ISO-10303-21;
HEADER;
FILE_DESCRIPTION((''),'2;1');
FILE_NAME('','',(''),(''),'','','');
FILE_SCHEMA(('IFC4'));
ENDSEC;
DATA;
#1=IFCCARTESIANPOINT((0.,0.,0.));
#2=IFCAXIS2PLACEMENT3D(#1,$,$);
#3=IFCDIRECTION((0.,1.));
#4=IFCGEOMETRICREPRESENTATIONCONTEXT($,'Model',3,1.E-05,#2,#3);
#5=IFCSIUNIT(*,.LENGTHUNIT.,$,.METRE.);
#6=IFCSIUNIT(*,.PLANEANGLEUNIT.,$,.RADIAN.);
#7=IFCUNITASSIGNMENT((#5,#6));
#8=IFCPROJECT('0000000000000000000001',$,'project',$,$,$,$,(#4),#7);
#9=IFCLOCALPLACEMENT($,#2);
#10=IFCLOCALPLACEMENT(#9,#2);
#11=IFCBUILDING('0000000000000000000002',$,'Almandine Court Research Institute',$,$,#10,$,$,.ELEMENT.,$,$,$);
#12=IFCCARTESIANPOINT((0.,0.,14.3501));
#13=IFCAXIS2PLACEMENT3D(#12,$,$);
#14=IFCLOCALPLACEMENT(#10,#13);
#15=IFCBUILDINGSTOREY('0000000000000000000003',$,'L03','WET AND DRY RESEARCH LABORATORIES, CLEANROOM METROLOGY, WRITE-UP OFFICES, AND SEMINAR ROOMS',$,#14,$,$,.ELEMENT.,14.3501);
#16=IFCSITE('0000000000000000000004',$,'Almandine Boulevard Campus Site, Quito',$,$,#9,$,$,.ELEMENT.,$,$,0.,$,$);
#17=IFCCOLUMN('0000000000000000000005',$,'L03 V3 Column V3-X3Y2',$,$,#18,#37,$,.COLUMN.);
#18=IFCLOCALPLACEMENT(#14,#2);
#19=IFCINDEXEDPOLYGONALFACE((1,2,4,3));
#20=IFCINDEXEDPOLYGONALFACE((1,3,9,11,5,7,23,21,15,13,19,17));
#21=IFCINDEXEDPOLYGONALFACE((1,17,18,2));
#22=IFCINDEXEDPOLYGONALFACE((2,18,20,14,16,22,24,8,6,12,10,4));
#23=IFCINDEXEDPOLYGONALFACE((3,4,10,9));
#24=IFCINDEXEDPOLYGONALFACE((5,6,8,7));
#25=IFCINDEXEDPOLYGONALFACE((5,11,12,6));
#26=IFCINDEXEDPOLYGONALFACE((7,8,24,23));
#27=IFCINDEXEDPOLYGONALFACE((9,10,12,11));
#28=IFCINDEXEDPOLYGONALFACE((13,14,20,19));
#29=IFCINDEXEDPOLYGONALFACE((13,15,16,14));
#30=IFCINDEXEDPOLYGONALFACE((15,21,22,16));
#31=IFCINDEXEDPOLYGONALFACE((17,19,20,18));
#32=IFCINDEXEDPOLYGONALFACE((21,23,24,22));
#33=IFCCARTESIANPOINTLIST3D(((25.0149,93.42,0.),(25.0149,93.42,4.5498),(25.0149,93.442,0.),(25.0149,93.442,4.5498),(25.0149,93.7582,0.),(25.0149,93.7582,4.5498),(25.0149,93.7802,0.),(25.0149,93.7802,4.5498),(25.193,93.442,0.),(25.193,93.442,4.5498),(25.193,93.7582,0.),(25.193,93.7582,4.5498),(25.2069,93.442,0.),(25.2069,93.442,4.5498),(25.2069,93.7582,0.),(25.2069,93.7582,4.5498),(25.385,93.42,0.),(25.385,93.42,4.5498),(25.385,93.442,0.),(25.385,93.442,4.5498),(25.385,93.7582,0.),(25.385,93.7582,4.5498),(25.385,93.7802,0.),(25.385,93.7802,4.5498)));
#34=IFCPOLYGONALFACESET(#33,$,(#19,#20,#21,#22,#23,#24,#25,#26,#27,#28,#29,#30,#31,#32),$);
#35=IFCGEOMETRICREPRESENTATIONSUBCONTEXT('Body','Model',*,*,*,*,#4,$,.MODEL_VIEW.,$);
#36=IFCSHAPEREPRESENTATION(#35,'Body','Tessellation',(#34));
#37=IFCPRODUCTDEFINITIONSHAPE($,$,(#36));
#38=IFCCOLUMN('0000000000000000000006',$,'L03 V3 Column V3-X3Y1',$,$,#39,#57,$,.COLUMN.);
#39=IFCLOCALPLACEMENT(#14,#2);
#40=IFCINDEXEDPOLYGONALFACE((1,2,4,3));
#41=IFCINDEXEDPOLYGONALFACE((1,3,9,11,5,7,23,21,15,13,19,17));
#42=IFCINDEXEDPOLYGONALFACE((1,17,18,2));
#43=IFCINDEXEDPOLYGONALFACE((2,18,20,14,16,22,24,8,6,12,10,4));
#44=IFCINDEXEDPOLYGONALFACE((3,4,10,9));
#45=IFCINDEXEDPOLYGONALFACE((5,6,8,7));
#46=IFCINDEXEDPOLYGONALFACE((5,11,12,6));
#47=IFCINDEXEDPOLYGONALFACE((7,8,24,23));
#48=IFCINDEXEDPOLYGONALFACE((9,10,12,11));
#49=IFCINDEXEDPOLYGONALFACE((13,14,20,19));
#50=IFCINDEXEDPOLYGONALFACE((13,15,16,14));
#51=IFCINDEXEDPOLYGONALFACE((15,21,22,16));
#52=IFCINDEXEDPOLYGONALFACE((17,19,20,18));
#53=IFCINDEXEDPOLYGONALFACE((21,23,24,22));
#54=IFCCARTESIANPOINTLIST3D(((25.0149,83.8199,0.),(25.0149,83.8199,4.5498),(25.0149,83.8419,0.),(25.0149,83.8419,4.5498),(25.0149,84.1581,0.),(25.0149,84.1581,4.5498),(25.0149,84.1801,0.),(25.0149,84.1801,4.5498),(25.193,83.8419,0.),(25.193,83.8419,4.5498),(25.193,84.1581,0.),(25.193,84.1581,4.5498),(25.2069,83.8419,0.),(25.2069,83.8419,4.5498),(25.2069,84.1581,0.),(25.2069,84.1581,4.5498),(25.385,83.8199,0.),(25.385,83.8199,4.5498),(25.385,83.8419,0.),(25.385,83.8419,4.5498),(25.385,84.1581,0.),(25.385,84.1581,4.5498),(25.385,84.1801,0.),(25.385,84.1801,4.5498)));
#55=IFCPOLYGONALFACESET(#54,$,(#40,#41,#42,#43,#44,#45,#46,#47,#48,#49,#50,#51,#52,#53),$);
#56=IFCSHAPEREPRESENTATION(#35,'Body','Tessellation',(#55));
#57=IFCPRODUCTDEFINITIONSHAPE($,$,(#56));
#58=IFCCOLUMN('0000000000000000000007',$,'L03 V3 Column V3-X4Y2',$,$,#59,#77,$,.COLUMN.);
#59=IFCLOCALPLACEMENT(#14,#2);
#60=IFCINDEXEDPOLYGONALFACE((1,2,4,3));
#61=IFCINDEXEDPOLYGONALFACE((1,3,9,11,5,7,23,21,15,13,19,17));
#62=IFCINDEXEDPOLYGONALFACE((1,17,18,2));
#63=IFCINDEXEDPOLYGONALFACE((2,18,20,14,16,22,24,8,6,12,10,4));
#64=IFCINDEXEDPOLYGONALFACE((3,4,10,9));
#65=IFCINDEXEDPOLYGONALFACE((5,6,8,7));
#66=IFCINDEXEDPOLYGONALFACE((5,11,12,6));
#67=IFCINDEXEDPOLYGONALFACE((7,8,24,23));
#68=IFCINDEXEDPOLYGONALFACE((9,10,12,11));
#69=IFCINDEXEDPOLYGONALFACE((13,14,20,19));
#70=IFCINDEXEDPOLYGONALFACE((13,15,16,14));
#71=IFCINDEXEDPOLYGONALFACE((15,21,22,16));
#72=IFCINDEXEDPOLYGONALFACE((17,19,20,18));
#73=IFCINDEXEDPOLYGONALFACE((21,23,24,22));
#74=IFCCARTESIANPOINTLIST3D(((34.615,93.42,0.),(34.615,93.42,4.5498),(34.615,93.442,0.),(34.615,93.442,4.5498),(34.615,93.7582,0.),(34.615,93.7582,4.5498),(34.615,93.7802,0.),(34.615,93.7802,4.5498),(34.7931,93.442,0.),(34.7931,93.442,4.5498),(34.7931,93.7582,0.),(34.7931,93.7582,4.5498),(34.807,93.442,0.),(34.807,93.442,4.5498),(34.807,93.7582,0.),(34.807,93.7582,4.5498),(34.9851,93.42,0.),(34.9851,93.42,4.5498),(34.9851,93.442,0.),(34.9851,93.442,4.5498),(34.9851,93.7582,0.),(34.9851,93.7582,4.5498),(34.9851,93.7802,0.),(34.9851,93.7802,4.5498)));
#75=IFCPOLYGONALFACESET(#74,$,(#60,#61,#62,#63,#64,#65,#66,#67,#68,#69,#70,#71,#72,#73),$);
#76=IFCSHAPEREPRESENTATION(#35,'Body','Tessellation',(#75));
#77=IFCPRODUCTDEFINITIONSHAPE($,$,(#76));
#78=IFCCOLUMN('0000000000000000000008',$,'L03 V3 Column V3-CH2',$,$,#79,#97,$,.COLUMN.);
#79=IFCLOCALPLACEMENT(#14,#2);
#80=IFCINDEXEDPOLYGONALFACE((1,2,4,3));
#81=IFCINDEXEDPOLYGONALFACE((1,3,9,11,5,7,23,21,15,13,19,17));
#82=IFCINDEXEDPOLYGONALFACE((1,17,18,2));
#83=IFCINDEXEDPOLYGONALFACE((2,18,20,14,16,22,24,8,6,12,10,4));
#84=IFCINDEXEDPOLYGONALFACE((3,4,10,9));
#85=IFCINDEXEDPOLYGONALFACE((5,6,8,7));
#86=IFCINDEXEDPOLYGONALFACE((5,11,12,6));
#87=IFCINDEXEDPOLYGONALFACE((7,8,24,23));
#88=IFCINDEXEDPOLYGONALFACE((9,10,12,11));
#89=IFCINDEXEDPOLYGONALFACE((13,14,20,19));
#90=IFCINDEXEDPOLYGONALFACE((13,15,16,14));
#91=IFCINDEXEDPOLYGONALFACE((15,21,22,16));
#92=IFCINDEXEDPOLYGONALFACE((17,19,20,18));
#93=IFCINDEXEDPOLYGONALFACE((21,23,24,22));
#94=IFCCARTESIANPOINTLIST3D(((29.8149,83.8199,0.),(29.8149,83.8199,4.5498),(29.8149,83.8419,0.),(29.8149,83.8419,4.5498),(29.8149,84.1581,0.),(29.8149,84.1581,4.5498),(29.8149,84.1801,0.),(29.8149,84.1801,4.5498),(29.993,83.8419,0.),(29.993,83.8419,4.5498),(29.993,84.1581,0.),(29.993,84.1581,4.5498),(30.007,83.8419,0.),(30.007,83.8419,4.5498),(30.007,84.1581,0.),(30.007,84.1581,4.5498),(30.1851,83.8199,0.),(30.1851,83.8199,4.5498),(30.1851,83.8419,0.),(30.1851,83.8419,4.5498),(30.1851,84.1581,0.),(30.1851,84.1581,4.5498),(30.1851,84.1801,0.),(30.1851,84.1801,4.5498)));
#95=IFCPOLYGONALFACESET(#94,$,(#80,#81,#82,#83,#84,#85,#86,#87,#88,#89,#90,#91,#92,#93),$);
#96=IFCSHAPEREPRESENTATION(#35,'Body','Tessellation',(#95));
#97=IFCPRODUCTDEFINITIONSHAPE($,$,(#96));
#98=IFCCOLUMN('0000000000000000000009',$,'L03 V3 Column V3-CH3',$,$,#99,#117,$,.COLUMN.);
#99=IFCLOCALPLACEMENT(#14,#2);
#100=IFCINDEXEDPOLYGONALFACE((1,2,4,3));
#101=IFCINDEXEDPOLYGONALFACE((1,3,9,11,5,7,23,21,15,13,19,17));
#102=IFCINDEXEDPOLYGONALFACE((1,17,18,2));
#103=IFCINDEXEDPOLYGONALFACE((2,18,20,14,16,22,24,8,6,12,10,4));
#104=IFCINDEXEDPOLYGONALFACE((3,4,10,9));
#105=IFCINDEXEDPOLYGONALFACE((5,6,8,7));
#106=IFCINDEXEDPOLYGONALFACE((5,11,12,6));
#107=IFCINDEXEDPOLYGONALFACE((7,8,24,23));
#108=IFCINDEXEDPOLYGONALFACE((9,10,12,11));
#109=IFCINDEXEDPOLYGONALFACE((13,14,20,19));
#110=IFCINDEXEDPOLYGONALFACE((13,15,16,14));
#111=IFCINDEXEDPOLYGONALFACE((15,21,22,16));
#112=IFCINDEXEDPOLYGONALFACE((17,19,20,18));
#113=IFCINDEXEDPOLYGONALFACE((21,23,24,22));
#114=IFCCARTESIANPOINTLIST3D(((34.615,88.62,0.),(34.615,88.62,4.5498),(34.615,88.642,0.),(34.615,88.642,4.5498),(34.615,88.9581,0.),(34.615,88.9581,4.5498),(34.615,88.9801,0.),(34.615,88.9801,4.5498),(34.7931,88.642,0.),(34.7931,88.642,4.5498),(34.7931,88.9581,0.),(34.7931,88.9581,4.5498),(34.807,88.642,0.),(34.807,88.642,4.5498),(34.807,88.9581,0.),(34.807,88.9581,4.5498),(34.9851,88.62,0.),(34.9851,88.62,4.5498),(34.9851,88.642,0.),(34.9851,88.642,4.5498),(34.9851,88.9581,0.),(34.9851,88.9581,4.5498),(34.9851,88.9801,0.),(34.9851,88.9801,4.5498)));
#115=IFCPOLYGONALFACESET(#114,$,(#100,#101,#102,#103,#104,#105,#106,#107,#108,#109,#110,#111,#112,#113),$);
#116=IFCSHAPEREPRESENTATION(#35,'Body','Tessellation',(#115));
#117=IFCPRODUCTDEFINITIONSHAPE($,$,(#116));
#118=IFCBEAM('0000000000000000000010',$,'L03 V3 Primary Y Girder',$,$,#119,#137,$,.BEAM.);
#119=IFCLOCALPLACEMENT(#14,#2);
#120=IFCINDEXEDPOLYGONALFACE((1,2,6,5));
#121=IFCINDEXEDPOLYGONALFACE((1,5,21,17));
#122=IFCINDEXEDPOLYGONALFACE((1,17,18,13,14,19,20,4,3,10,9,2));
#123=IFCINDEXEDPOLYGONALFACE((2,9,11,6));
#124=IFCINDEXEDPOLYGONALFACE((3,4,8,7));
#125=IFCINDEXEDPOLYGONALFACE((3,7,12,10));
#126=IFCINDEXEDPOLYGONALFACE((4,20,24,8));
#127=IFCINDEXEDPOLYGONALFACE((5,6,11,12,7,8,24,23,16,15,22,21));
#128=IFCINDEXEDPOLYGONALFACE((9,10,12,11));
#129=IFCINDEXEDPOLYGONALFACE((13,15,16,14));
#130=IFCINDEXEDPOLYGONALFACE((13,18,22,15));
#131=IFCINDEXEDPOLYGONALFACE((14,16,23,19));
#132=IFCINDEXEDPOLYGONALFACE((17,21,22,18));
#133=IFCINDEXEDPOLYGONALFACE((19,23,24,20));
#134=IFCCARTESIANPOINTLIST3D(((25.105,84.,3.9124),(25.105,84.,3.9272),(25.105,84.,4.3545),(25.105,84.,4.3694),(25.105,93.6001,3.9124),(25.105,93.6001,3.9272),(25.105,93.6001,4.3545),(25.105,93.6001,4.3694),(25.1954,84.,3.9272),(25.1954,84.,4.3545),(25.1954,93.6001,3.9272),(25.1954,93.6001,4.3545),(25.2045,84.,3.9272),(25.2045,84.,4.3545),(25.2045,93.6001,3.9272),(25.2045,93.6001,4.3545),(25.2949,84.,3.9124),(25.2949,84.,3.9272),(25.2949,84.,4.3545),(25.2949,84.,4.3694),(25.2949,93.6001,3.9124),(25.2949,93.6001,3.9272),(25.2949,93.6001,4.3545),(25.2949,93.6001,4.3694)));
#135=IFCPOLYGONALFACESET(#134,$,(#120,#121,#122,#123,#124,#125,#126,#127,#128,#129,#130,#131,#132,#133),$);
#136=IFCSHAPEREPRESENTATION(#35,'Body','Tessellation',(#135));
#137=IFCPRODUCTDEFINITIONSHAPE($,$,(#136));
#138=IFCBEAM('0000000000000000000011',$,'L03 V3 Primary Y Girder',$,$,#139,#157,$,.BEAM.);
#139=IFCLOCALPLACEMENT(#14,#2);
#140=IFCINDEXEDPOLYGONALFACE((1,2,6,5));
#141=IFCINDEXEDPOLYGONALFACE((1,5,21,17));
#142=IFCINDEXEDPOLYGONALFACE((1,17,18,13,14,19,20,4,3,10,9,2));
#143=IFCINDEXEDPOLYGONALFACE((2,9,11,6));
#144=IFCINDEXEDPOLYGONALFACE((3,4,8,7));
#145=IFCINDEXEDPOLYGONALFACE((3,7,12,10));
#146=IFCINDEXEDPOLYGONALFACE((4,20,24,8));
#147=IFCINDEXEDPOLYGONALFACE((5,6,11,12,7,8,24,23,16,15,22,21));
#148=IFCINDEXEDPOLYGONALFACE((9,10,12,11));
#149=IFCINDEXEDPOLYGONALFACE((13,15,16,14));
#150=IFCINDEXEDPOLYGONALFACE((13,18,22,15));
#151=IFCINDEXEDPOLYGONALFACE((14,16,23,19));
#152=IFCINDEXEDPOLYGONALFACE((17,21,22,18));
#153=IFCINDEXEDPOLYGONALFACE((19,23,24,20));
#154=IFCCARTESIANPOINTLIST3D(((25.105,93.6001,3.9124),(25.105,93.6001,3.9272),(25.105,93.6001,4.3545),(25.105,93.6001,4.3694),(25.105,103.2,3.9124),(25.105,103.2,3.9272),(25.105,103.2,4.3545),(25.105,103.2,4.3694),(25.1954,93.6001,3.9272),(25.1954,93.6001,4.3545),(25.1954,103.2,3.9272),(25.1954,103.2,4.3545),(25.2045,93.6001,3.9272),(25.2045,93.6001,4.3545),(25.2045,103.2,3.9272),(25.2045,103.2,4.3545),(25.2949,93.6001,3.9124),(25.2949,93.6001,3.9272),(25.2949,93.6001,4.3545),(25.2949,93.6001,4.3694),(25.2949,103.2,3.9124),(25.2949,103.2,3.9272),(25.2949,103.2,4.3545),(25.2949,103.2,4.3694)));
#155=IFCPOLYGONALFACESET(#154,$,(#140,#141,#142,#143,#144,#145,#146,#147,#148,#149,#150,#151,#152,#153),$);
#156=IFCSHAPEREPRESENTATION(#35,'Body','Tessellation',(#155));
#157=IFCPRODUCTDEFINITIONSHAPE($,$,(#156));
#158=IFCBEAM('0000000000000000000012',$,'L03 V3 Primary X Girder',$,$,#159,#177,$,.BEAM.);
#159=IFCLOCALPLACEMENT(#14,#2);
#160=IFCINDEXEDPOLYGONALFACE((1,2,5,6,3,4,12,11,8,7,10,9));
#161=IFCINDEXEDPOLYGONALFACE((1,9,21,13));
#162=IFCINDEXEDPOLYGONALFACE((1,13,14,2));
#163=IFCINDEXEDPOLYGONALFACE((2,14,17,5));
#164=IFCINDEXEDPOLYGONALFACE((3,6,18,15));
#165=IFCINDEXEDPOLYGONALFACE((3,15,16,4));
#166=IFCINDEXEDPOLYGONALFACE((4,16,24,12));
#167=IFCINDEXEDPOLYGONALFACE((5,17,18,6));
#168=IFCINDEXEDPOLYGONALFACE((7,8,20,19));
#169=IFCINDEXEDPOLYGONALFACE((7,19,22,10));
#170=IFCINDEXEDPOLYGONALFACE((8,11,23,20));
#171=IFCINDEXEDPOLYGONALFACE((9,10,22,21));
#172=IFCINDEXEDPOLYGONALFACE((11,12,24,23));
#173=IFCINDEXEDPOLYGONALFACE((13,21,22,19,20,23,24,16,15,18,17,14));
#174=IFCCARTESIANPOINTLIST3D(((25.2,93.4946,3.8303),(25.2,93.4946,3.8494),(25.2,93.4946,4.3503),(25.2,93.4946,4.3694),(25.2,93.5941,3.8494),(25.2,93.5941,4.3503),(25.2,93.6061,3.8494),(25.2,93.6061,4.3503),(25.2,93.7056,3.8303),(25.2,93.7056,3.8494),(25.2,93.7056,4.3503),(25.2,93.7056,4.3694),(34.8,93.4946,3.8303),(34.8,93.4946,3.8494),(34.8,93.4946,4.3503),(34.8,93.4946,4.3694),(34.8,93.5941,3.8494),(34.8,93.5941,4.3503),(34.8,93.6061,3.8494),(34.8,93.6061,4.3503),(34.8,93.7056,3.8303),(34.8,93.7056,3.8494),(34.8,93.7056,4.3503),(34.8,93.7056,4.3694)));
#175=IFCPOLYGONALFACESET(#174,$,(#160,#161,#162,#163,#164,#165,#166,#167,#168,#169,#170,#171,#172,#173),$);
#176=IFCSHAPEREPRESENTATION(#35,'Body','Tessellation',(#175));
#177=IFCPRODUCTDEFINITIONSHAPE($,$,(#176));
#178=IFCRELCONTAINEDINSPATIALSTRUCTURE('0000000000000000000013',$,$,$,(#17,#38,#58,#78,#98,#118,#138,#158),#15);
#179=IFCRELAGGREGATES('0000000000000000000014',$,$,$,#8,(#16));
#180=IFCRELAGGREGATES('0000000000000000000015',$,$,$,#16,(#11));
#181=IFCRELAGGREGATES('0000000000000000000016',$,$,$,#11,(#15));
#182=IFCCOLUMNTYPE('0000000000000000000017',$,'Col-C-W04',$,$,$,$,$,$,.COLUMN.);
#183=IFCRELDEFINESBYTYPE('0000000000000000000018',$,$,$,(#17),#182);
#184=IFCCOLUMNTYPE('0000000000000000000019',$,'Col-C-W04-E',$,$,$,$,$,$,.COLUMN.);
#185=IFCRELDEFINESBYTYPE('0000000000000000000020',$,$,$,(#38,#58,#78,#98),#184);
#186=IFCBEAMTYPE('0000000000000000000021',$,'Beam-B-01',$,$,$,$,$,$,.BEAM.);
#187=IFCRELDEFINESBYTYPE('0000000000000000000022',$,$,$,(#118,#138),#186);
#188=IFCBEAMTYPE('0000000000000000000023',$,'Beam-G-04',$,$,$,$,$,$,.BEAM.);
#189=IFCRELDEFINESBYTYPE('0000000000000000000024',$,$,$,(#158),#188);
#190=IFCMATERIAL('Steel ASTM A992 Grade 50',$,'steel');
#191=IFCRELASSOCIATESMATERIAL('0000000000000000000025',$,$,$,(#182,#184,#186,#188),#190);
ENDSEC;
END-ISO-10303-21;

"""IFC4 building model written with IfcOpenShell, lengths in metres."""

from ifc_helpers import new_model, si_unit, direction, frame, origin, origin_2d, place, context, subcontext, project, spatial, i_section, extrude, material, material_profile, profile_set, type_object, element, save


model = new_model("IFC4")

# Units and contexts
model_context = context("Model", 3, precision=1e-05, world=origin(), true_north=direction((0.0, 1.0)))
body_context = subcontext(model_context, "Body", "Model", "MODEL_VIEW")
ifc_project = project(units=[si_unit("LENGTHUNIT", "METRE"), si_unit("PLANEANGLEUNIT", "RADIAN")], contexts=[model_context])

# Site, building, storey
site_placement = place(None, origin())
site = spatial("IfcSite", under=ifc_project, at=site_placement, Name="Almandine Boulevard Campus Site, Quito", CompositionType="ELEMENT", RefElevation=0.0)
building_placement = place(site_placement, origin())
building = spatial("IfcBuilding", under=site, at=building_placement, Name="Almandine Court Research Institute", CompositionType="ELEMENT")
storey_placement = place(building_placement, frame((0.0, 0.0, 14.3501)))
storey = spatial("IfcBuildingStorey", under=building, at=storey_placement, Name="L03", Description="WET AND DRY RESEARCH LABORATORIES, CLEANROOM METROLOGY, WRITE-UP OFFICES, AND SEMINAR ROOMS", CompositionType="ELEMENT", Elevation=14.3501)

# Columns
ifc_material_1 = material(Name="Steel ASTM A992 Grade 50", Category="steel")
ifc_material_profile_1 = material_profile(ifc_material_1, i_section(OverallWidth=0.3701, OverallDepth=0.3601, WebThickness=0.0139, FlangeThickness=0.022, at=origin_2d()), Name="W360x147")
ifc_profile_set_1 = profile_set([ifc_material_profile_1], Name="Steel ASTM A992 Grade 50")
column_type_1 = type_object("IfcColumnType", Name="Col-C-W04", PredefinedType="COLUMN", material=ifc_profile_set_1)
column_placement = place(storey_placement, frame((25.2, 93.6001, 0.0), z_axis=(0.0, 0.0, 1.0), x_axis=(1.0, 0.0, 0.0)))
element("IfcColumn", 1, at=column_placement, inside=storey, type_object=column_type_1, Name="L03 V3 Column V3-X3Y2", PredefinedType="COLUMN", context=body_context, shape_type="SweptSolid", body=[
    extrude(i_section(OverallWidth=0.3701, OverallDepth=0.3601, WebThickness=0.0139, FlangeThickness=0.022, at=origin_2d()), origin(), (0.0, 0.0, 1.0), 4.5498),
])
ifc_material_profile_2 = material_profile(ifc_material_1, i_section(OverallWidth=0.3701, OverallDepth=0.3601, WebThickness=0.0139, FlangeThickness=0.022, at=origin_2d()), Name="W360x147")
ifc_profile_set_2 = profile_set([ifc_material_profile_2], Name="Steel ASTM A992 Grade 50")
column_type_2 = type_object("IfcColumnType", Name="Col-C-W04-E", PredefinedType="COLUMN", material=ifc_profile_set_2)
for number, where, z_axis, x_axis, name in (
    (2, (25.2, 84.0, 0.0), (0.0, 0.0, 1.0), (1.0, 0.0, 0.0), "L03 V3 Column V3-X3Y1"),
    (3, (34.8, 93.6001, 0.0), (0.0, 0.0, 1.0), (1.0, 0.0, 0.0), "L03 V3 Column V3-X4Y2"),
    (4, (30.0, 84.0, 0.0), (0.0, 0.0, 1.0), (1.0, 0.0, 0.0), "L03 V3 Column V3-CH2"),
    (5, (34.8, 88.8, 0.0), (0.0, 0.0, 1.0), (1.0, 0.0, 0.0), "L03 V3 Column V3-CH3"),
):
    element("IfcColumn", number, at=place(storey_placement, frame(where, z_axis=z_axis, x_axis=x_axis)), inside=storey, type_object=column_type_2, Name=name, PredefinedType="COLUMN", context=body_context, shape_type="SweptSolid", body=[
        extrude(i_section(OverallWidth=0.3701, OverallDepth=0.3601, WebThickness=0.0139, FlangeThickness=0.022, at=origin_2d()), origin(), (0.0, 0.0, 1.0), 4.5498),
    ])

# Beams
ifc_material_profile_3 = material_profile(ifc_material_1, i_section(OverallWidth=0.1899, OverallDepth=0.457, WebThickness=0.009, FlangeThickness=0.0149, at=origin_2d()), Name="W460x74")
ifc_profile_set_3 = profile_set([ifc_material_profile_3], Name="Steel ASTM A992 Grade 50")
beam_type_1 = type_object("IfcBeamType", Name="Beam-B-01", PredefinedType="BEAM", material=ifc_profile_set_3)
beam_1_placement = place(storey_placement, frame((25.2, 84.0, 4.1409), z_axis=(0.0, 1.0, 0.0), x_axis=(-1.0, 0.0, 0.0)))
element("IfcBeam", 6, at=beam_1_placement, inside=storey, type_object=beam_type_1, Name="L03 V3 Primary Y Girder", PredefinedType="BEAM", context=body_context, shape_type="SweptSolid", body=[
    extrude(i_section(OverallWidth=0.1899, OverallDepth=0.457, WebThickness=0.009, FlangeThickness=0.0149, at=origin_2d()), origin(), (0.0, 0.0, 1.0), 9.6001),
])
beam_2_placement = place(storey_placement, frame((25.2, 93.6001, 4.1409), z_axis=(0.0, 1.0, 0.0), x_axis=(-1.0, 0.0, 0.0)))
element("IfcBeam", 7, at=beam_2_placement, inside=storey, type_object=beam_type_1, Name="L03 V3 Primary Y Girder", PredefinedType="BEAM", context=body_context, shape_type="SweptSolid", body=[
    extrude(i_section(OverallWidth=0.1899, OverallDepth=0.457, WebThickness=0.009, FlangeThickness=0.0149, at=origin_2d()), origin(), (0.0, 0.0, 1.0), 9.5999),
])
ifc_material_profile_4 = material_profile(ifc_material_1, i_section(OverallWidth=0.2109, OverallDepth=0.5391, WebThickness=0.012, FlangeThickness=0.019, at=origin_2d()), Name="W530x109")
ifc_profile_set_4 = profile_set([ifc_material_profile_4], Name="Steel ASTM A992 Grade 50")
beam_type_2 = type_object("IfcBeamType", Name="Beam-G-04", PredefinedType="BEAM", material=ifc_profile_set_4)
beam_3_placement = place(storey_placement, frame((25.2, 93.6001, 4.0999), z_axis=(1.0, 0.0, 0.0), x_axis=(0.0, 1.0, 0.0)))
element("IfcBeam", 8, at=beam_3_placement, inside=storey, type_object=beam_type_2, Name="L03 V3 Primary X Girder", PredefinedType="BEAM", context=body_context, shape_type="SweptSolid", body=[
    extrude(i_section(OverallWidth=0.2109, OverallDepth=0.5391, WebThickness=0.012, FlangeThickness=0.019, at=origin_2d()), origin(), (0.0, 0.0, 1.0), 9.6001),
])

save(model, "model.ifc")
